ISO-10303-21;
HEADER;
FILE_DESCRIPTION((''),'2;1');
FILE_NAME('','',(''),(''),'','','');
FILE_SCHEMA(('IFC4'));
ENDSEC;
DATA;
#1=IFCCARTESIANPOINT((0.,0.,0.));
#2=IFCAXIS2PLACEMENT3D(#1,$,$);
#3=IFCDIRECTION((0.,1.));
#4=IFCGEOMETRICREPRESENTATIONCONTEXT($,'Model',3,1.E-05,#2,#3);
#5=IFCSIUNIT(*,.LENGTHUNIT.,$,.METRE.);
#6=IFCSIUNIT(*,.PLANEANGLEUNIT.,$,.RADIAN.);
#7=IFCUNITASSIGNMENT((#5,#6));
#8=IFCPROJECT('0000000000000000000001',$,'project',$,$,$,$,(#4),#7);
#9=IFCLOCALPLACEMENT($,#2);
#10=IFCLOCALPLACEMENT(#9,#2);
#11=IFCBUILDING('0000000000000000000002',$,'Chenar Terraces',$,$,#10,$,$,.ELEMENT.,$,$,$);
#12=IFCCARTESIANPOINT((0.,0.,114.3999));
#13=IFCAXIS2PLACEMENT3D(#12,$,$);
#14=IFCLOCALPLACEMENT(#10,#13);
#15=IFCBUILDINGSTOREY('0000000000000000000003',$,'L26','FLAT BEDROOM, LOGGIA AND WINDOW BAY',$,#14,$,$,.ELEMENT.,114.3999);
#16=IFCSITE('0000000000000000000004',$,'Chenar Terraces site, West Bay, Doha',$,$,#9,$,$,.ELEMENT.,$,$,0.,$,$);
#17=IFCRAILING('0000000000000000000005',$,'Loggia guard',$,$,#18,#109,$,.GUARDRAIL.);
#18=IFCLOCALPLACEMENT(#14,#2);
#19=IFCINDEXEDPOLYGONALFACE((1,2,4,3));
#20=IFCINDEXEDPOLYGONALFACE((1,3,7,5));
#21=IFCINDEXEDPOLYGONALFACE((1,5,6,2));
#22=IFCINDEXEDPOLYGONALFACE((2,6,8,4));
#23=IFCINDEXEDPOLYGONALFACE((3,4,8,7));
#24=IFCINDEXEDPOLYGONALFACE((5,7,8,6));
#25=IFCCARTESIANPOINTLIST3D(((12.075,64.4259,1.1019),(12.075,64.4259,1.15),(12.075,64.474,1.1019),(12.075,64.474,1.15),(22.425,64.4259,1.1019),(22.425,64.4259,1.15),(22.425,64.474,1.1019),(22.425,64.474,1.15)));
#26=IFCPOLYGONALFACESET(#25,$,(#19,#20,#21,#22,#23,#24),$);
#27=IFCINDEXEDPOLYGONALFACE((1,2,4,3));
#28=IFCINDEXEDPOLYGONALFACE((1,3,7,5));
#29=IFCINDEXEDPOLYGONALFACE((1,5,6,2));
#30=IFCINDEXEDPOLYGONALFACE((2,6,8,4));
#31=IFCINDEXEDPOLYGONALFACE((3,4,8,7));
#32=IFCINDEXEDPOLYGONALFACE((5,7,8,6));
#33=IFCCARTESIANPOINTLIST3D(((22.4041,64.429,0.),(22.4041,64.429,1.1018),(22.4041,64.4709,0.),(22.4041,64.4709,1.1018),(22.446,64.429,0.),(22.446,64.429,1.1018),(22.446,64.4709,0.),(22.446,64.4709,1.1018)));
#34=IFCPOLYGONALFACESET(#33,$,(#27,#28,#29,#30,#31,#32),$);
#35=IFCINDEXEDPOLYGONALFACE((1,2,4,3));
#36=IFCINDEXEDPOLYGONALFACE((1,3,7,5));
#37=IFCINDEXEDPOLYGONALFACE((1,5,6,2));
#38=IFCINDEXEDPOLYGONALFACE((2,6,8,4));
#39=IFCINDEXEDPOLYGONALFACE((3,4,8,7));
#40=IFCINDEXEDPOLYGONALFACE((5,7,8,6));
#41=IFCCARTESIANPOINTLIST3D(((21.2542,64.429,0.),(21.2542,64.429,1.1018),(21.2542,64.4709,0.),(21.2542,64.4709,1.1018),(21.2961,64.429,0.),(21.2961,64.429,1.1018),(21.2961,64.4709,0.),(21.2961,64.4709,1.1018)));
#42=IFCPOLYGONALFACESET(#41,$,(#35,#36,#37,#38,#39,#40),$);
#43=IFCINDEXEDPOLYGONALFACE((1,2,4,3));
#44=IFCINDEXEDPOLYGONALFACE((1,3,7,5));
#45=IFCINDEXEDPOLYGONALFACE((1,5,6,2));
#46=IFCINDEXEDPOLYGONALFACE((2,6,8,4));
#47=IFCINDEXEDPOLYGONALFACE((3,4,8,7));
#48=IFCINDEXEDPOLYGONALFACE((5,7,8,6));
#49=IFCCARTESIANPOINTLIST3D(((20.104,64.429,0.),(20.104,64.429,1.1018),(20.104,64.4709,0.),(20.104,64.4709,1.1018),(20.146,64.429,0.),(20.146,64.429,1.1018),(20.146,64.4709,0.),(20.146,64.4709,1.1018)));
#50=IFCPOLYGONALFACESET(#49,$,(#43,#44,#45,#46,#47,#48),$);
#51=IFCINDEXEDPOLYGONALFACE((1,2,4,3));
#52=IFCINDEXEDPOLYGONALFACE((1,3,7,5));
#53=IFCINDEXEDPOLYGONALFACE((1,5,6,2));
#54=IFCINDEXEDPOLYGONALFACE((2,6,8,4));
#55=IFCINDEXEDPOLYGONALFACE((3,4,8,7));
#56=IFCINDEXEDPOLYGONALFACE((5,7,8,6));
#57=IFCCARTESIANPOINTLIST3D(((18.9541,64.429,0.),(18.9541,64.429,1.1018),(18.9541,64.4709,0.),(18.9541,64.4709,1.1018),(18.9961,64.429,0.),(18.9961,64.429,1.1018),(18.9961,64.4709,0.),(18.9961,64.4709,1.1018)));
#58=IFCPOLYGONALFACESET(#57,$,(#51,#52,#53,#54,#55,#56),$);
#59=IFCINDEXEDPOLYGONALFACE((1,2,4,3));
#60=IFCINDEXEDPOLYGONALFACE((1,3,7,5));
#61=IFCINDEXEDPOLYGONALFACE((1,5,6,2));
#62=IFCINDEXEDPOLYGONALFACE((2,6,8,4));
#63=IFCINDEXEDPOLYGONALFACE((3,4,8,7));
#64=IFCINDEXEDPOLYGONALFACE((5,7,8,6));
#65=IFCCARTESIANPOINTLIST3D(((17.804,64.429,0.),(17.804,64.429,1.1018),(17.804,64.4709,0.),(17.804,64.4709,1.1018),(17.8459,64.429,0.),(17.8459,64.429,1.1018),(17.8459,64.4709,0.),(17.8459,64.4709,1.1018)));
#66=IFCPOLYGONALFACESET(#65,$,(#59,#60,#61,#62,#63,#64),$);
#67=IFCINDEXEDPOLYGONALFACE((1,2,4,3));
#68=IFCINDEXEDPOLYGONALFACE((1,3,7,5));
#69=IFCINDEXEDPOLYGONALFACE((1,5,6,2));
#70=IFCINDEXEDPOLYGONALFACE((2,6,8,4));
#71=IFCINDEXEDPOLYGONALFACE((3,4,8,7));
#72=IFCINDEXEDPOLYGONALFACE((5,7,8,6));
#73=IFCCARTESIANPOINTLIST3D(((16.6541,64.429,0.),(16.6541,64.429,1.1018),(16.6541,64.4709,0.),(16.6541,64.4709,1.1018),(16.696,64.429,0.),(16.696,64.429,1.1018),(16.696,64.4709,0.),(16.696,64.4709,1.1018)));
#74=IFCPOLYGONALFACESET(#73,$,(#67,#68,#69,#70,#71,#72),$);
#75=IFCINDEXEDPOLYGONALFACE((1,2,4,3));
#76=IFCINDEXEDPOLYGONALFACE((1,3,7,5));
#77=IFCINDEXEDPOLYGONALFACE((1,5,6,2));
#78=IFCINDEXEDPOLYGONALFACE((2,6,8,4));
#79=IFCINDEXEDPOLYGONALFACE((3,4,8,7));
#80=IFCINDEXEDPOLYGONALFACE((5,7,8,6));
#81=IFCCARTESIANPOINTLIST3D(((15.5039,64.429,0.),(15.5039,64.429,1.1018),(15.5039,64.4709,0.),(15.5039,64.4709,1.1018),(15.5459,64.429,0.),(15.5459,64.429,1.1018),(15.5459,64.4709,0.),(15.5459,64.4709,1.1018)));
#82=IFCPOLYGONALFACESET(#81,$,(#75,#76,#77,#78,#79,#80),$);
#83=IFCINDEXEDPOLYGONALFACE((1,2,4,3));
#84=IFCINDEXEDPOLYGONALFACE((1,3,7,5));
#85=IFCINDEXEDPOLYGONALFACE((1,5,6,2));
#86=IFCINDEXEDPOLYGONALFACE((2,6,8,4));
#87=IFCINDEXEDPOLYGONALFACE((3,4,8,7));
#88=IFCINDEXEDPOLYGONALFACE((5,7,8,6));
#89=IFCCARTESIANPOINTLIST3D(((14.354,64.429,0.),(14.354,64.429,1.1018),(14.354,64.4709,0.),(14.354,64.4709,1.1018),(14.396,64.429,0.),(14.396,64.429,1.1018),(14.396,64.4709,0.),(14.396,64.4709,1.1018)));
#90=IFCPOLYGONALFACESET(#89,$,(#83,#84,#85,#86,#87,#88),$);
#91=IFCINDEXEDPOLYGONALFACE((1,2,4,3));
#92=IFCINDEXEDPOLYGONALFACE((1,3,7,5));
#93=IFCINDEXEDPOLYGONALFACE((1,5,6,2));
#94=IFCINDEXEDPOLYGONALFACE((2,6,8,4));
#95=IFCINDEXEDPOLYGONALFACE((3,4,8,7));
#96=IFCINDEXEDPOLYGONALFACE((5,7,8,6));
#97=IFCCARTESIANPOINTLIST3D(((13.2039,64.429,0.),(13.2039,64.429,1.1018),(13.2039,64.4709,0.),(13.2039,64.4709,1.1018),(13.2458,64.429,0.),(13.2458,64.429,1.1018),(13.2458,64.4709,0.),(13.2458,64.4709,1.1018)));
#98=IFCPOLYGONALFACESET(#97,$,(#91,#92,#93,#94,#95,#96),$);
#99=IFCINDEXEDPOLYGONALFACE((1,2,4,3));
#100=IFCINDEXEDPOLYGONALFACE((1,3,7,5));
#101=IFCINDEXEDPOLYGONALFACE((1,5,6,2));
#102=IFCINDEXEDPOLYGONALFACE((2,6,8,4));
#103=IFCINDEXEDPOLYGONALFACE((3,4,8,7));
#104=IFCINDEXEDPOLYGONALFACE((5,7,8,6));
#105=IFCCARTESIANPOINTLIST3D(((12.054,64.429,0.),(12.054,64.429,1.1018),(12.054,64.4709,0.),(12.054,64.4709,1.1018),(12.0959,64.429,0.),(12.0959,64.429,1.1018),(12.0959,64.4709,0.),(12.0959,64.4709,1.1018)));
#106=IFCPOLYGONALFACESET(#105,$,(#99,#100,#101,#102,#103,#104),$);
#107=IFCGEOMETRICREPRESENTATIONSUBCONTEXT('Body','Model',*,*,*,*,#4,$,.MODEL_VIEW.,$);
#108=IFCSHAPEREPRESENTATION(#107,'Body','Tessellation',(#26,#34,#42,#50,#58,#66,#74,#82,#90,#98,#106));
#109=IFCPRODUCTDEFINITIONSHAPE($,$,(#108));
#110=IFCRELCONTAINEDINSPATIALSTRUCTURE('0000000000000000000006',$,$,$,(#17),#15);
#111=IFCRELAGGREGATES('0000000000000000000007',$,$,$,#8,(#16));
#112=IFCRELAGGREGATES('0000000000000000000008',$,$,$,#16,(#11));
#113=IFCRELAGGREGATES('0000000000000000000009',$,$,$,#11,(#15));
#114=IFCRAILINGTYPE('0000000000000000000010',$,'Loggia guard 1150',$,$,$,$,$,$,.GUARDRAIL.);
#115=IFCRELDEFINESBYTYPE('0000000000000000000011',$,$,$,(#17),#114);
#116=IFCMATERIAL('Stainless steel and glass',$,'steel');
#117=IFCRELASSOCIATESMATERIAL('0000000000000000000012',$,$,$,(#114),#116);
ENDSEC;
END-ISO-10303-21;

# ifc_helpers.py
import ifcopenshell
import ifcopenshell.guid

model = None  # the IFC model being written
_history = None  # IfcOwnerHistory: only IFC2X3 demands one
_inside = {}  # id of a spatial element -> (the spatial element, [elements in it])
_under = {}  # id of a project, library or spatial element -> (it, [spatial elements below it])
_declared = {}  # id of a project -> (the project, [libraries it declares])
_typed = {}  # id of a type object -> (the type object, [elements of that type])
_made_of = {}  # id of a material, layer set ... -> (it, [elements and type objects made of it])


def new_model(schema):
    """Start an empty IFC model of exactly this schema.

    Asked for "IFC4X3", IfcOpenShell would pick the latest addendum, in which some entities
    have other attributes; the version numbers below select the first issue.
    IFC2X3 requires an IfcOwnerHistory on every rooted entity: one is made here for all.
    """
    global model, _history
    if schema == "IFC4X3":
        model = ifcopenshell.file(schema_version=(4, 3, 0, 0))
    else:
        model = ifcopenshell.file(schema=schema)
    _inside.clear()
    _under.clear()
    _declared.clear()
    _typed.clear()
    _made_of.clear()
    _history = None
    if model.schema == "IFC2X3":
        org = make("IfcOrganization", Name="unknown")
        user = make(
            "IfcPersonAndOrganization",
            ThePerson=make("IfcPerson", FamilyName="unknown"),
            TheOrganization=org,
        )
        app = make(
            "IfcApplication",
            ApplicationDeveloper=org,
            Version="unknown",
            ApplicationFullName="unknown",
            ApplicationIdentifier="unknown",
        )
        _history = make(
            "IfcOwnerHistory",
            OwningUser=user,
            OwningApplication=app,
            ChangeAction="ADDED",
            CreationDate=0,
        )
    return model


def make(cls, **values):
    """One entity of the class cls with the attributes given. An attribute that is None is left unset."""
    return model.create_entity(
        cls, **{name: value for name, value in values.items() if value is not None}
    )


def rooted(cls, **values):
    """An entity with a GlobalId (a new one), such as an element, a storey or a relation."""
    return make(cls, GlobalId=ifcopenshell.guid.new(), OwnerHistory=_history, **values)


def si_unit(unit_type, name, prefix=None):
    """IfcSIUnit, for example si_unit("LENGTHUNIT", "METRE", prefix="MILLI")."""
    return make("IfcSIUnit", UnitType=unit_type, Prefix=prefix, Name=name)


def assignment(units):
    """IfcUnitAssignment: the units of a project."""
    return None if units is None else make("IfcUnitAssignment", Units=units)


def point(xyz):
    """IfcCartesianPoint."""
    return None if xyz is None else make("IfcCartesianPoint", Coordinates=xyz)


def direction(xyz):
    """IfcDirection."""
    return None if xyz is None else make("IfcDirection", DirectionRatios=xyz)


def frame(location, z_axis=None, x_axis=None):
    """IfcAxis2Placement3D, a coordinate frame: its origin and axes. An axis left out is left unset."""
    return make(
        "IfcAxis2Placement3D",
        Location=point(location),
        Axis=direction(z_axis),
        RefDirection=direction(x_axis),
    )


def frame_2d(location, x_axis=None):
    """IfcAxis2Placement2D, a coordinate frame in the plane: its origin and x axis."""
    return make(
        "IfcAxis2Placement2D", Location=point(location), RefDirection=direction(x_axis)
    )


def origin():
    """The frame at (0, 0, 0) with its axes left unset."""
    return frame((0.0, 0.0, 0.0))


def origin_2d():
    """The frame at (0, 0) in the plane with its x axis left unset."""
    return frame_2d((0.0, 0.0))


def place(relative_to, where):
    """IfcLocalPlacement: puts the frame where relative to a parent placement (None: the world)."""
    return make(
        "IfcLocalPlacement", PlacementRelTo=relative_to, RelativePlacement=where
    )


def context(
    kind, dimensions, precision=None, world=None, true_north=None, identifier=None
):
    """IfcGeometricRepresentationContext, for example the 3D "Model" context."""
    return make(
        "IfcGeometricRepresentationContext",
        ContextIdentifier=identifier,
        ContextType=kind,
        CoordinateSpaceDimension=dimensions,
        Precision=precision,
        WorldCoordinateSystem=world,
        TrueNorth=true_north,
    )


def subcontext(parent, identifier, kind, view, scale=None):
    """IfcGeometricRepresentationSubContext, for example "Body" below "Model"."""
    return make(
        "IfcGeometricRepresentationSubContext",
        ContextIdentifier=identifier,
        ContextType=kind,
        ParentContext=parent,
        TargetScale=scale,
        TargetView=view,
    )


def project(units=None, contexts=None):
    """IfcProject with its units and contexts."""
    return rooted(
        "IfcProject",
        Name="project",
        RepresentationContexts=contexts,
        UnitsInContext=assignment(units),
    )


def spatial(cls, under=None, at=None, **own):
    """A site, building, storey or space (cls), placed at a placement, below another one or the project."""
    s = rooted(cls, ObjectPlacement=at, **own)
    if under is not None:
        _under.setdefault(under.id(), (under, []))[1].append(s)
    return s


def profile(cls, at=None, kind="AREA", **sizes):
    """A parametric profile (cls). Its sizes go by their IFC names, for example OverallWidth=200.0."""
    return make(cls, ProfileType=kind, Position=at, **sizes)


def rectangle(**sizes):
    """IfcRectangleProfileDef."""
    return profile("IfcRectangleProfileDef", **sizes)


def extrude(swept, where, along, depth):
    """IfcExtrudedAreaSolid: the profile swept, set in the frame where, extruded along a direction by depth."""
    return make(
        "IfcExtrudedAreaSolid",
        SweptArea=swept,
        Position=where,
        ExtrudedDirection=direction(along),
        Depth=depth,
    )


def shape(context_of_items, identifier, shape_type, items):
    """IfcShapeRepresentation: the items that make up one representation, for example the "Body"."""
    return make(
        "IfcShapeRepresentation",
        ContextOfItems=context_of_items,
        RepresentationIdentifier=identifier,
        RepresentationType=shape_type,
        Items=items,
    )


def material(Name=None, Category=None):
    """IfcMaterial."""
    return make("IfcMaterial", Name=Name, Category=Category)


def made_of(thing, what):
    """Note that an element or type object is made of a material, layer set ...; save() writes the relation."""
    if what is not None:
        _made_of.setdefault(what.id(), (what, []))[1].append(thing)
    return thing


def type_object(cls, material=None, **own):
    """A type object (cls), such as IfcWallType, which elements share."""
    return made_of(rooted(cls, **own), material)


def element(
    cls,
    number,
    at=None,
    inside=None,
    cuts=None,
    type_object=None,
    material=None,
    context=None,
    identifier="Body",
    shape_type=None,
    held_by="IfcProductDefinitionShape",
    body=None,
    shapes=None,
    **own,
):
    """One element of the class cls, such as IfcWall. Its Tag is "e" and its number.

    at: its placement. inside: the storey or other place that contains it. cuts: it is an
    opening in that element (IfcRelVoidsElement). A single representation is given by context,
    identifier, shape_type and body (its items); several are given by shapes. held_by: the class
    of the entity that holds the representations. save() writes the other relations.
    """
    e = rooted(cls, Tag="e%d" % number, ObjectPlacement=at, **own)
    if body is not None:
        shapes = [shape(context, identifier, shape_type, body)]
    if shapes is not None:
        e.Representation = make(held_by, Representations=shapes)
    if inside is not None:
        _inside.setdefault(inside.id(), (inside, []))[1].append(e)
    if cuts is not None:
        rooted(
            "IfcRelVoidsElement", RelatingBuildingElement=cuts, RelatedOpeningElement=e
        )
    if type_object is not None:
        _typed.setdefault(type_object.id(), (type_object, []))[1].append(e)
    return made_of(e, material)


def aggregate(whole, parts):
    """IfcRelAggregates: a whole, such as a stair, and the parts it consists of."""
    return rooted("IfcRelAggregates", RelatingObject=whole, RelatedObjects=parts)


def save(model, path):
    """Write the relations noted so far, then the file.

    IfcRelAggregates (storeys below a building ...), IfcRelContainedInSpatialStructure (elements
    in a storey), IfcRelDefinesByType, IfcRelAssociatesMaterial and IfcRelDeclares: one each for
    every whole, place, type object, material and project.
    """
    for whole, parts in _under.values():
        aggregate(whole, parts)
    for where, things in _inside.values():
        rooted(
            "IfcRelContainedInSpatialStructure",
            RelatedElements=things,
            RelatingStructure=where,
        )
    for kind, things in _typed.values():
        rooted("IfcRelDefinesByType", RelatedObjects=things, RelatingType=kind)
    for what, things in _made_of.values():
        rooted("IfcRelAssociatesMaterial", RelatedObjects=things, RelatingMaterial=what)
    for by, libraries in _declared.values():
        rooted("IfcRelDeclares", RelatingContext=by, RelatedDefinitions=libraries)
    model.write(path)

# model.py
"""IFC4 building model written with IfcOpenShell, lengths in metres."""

from ifc_helpers import new_model, si_unit, direction, frame, origin, origin_2d, place, context, subcontext, project, spatial, rectangle, extrude, material, type_object, element, save


model = new_model("IFC4")

# Units and contexts
model_context = context("Model", 3, precision=1e-05, world=origin(), true_north=direction((0.0, 1.0)))
body_context = subcontext(model_context, "Body", "Model", "MODEL_VIEW")
ifc_project = project(units=[si_unit("LENGTHUNIT", "METRE"), si_unit("PLANEANGLEUNIT", "RADIAN")], contexts=[model_context])

# Site, building, storey
site_placement = place(None, origin())
site = spatial("IfcSite", under=ifc_project, at=site_placement, Name="Chenar Terraces site, West Bay, Doha", CompositionType="ELEMENT", RefElevation=0.0)
building_placement = place(site_placement, origin())
building = spatial("IfcBuilding", under=site, at=building_placement, Name="Chenar Terraces", CompositionType="ELEMENT")
storey_placement = place(building_placement, frame((0.0, 0.0, 114.3999)))
storey = spatial("IfcBuildingStorey", under=building, at=storey_placement, Name="L26", Description="FLAT BEDROOM, LOGGIA AND WINDOW BAY", CompositionType="ELEMENT", Elevation=114.3999)

# Railing
ifc_material_1 = material(Name="Stainless steel and glass", Category="steel")
railing_type_1 = type_object("IfcRailingType", Name="Loggia guard 1150", PredefinedType="GUARDRAIL", material=ifc_material_1)
railing_1_placement = place(storey_placement, frame((22.425, 64.45, 0.0)))
element("IfcRailing", 1, at=railing_1_placement, inside=storey, type_object=railing_type_1, Name="Loggia guard", PredefinedType="GUARDRAIL", context=body_context, shape_type="SweptSolid", body=[
    extrude(rectangle(XDim=0.0481, YDim=0.0481, at=origin_2d()), frame((0.0, 0.0, 1.126), z_axis=(-1.0, 0.0, 0.0), x_axis=(0.0, -1.0, 0.0)), (0.0, 0.0, 1.0), 10.3501),
    extrude(rectangle(XDim=0.042, YDim=0.042, at=origin_2d()), origin(), (0.0, 0.0, 1.0), 1.1018),
    extrude(rectangle(XDim=0.042, YDim=0.042, at=origin_2d()), frame((-1.1499, 0.0, 0.0)), (0.0, 0.0, 1.0), 1.1018),
    extrude(rectangle(XDim=0.042, YDim=0.042, at=origin_2d()), frame((-2.3, 0.0, 0.0)), (0.0, 0.0, 1.0), 1.1018),
    extrude(rectangle(XDim=0.042, YDim=0.042, at=origin_2d()), frame((-3.45, 0.0, 0.0)), (0.0, 0.0, 1.0), 1.1018),
    extrude(rectangle(XDim=0.042, YDim=0.042, at=origin_2d()), frame((-4.6001, 0.0, 0.0)), (0.0, 0.0, 1.0), 1.1018),
    extrude(rectangle(XDim=0.042, YDim=0.042, at=origin_2d()), frame((-5.75, 0.0, 0.0)), (0.0, 0.0, 1.0), 1.1018),
    extrude(rectangle(XDim=0.042, YDim=0.042, at=origin_2d()), frame((-6.9001, 0.0, 0.0)), (0.0, 0.0, 1.0), 1.1018),
    extrude(rectangle(XDim=0.042, YDim=0.042, at=origin_2d()), frame((-8.05, 0.0, 0.0)), (0.0, 0.0, 1.0), 1.1018),
    extrude(rectangle(XDim=0.042, YDim=0.042, at=origin_2d()), frame((-9.2002, 0.0, 0.0)), (0.0, 0.0, 1.0), 1.1018),
    extrude(rectangle(XDim=0.042, YDim=0.042, at=origin_2d()), frame((-10.3501, 0.0, 0.0)), (0.0, 0.0, 1.0), 1.1018),
])

save(model, "model.ifc")
